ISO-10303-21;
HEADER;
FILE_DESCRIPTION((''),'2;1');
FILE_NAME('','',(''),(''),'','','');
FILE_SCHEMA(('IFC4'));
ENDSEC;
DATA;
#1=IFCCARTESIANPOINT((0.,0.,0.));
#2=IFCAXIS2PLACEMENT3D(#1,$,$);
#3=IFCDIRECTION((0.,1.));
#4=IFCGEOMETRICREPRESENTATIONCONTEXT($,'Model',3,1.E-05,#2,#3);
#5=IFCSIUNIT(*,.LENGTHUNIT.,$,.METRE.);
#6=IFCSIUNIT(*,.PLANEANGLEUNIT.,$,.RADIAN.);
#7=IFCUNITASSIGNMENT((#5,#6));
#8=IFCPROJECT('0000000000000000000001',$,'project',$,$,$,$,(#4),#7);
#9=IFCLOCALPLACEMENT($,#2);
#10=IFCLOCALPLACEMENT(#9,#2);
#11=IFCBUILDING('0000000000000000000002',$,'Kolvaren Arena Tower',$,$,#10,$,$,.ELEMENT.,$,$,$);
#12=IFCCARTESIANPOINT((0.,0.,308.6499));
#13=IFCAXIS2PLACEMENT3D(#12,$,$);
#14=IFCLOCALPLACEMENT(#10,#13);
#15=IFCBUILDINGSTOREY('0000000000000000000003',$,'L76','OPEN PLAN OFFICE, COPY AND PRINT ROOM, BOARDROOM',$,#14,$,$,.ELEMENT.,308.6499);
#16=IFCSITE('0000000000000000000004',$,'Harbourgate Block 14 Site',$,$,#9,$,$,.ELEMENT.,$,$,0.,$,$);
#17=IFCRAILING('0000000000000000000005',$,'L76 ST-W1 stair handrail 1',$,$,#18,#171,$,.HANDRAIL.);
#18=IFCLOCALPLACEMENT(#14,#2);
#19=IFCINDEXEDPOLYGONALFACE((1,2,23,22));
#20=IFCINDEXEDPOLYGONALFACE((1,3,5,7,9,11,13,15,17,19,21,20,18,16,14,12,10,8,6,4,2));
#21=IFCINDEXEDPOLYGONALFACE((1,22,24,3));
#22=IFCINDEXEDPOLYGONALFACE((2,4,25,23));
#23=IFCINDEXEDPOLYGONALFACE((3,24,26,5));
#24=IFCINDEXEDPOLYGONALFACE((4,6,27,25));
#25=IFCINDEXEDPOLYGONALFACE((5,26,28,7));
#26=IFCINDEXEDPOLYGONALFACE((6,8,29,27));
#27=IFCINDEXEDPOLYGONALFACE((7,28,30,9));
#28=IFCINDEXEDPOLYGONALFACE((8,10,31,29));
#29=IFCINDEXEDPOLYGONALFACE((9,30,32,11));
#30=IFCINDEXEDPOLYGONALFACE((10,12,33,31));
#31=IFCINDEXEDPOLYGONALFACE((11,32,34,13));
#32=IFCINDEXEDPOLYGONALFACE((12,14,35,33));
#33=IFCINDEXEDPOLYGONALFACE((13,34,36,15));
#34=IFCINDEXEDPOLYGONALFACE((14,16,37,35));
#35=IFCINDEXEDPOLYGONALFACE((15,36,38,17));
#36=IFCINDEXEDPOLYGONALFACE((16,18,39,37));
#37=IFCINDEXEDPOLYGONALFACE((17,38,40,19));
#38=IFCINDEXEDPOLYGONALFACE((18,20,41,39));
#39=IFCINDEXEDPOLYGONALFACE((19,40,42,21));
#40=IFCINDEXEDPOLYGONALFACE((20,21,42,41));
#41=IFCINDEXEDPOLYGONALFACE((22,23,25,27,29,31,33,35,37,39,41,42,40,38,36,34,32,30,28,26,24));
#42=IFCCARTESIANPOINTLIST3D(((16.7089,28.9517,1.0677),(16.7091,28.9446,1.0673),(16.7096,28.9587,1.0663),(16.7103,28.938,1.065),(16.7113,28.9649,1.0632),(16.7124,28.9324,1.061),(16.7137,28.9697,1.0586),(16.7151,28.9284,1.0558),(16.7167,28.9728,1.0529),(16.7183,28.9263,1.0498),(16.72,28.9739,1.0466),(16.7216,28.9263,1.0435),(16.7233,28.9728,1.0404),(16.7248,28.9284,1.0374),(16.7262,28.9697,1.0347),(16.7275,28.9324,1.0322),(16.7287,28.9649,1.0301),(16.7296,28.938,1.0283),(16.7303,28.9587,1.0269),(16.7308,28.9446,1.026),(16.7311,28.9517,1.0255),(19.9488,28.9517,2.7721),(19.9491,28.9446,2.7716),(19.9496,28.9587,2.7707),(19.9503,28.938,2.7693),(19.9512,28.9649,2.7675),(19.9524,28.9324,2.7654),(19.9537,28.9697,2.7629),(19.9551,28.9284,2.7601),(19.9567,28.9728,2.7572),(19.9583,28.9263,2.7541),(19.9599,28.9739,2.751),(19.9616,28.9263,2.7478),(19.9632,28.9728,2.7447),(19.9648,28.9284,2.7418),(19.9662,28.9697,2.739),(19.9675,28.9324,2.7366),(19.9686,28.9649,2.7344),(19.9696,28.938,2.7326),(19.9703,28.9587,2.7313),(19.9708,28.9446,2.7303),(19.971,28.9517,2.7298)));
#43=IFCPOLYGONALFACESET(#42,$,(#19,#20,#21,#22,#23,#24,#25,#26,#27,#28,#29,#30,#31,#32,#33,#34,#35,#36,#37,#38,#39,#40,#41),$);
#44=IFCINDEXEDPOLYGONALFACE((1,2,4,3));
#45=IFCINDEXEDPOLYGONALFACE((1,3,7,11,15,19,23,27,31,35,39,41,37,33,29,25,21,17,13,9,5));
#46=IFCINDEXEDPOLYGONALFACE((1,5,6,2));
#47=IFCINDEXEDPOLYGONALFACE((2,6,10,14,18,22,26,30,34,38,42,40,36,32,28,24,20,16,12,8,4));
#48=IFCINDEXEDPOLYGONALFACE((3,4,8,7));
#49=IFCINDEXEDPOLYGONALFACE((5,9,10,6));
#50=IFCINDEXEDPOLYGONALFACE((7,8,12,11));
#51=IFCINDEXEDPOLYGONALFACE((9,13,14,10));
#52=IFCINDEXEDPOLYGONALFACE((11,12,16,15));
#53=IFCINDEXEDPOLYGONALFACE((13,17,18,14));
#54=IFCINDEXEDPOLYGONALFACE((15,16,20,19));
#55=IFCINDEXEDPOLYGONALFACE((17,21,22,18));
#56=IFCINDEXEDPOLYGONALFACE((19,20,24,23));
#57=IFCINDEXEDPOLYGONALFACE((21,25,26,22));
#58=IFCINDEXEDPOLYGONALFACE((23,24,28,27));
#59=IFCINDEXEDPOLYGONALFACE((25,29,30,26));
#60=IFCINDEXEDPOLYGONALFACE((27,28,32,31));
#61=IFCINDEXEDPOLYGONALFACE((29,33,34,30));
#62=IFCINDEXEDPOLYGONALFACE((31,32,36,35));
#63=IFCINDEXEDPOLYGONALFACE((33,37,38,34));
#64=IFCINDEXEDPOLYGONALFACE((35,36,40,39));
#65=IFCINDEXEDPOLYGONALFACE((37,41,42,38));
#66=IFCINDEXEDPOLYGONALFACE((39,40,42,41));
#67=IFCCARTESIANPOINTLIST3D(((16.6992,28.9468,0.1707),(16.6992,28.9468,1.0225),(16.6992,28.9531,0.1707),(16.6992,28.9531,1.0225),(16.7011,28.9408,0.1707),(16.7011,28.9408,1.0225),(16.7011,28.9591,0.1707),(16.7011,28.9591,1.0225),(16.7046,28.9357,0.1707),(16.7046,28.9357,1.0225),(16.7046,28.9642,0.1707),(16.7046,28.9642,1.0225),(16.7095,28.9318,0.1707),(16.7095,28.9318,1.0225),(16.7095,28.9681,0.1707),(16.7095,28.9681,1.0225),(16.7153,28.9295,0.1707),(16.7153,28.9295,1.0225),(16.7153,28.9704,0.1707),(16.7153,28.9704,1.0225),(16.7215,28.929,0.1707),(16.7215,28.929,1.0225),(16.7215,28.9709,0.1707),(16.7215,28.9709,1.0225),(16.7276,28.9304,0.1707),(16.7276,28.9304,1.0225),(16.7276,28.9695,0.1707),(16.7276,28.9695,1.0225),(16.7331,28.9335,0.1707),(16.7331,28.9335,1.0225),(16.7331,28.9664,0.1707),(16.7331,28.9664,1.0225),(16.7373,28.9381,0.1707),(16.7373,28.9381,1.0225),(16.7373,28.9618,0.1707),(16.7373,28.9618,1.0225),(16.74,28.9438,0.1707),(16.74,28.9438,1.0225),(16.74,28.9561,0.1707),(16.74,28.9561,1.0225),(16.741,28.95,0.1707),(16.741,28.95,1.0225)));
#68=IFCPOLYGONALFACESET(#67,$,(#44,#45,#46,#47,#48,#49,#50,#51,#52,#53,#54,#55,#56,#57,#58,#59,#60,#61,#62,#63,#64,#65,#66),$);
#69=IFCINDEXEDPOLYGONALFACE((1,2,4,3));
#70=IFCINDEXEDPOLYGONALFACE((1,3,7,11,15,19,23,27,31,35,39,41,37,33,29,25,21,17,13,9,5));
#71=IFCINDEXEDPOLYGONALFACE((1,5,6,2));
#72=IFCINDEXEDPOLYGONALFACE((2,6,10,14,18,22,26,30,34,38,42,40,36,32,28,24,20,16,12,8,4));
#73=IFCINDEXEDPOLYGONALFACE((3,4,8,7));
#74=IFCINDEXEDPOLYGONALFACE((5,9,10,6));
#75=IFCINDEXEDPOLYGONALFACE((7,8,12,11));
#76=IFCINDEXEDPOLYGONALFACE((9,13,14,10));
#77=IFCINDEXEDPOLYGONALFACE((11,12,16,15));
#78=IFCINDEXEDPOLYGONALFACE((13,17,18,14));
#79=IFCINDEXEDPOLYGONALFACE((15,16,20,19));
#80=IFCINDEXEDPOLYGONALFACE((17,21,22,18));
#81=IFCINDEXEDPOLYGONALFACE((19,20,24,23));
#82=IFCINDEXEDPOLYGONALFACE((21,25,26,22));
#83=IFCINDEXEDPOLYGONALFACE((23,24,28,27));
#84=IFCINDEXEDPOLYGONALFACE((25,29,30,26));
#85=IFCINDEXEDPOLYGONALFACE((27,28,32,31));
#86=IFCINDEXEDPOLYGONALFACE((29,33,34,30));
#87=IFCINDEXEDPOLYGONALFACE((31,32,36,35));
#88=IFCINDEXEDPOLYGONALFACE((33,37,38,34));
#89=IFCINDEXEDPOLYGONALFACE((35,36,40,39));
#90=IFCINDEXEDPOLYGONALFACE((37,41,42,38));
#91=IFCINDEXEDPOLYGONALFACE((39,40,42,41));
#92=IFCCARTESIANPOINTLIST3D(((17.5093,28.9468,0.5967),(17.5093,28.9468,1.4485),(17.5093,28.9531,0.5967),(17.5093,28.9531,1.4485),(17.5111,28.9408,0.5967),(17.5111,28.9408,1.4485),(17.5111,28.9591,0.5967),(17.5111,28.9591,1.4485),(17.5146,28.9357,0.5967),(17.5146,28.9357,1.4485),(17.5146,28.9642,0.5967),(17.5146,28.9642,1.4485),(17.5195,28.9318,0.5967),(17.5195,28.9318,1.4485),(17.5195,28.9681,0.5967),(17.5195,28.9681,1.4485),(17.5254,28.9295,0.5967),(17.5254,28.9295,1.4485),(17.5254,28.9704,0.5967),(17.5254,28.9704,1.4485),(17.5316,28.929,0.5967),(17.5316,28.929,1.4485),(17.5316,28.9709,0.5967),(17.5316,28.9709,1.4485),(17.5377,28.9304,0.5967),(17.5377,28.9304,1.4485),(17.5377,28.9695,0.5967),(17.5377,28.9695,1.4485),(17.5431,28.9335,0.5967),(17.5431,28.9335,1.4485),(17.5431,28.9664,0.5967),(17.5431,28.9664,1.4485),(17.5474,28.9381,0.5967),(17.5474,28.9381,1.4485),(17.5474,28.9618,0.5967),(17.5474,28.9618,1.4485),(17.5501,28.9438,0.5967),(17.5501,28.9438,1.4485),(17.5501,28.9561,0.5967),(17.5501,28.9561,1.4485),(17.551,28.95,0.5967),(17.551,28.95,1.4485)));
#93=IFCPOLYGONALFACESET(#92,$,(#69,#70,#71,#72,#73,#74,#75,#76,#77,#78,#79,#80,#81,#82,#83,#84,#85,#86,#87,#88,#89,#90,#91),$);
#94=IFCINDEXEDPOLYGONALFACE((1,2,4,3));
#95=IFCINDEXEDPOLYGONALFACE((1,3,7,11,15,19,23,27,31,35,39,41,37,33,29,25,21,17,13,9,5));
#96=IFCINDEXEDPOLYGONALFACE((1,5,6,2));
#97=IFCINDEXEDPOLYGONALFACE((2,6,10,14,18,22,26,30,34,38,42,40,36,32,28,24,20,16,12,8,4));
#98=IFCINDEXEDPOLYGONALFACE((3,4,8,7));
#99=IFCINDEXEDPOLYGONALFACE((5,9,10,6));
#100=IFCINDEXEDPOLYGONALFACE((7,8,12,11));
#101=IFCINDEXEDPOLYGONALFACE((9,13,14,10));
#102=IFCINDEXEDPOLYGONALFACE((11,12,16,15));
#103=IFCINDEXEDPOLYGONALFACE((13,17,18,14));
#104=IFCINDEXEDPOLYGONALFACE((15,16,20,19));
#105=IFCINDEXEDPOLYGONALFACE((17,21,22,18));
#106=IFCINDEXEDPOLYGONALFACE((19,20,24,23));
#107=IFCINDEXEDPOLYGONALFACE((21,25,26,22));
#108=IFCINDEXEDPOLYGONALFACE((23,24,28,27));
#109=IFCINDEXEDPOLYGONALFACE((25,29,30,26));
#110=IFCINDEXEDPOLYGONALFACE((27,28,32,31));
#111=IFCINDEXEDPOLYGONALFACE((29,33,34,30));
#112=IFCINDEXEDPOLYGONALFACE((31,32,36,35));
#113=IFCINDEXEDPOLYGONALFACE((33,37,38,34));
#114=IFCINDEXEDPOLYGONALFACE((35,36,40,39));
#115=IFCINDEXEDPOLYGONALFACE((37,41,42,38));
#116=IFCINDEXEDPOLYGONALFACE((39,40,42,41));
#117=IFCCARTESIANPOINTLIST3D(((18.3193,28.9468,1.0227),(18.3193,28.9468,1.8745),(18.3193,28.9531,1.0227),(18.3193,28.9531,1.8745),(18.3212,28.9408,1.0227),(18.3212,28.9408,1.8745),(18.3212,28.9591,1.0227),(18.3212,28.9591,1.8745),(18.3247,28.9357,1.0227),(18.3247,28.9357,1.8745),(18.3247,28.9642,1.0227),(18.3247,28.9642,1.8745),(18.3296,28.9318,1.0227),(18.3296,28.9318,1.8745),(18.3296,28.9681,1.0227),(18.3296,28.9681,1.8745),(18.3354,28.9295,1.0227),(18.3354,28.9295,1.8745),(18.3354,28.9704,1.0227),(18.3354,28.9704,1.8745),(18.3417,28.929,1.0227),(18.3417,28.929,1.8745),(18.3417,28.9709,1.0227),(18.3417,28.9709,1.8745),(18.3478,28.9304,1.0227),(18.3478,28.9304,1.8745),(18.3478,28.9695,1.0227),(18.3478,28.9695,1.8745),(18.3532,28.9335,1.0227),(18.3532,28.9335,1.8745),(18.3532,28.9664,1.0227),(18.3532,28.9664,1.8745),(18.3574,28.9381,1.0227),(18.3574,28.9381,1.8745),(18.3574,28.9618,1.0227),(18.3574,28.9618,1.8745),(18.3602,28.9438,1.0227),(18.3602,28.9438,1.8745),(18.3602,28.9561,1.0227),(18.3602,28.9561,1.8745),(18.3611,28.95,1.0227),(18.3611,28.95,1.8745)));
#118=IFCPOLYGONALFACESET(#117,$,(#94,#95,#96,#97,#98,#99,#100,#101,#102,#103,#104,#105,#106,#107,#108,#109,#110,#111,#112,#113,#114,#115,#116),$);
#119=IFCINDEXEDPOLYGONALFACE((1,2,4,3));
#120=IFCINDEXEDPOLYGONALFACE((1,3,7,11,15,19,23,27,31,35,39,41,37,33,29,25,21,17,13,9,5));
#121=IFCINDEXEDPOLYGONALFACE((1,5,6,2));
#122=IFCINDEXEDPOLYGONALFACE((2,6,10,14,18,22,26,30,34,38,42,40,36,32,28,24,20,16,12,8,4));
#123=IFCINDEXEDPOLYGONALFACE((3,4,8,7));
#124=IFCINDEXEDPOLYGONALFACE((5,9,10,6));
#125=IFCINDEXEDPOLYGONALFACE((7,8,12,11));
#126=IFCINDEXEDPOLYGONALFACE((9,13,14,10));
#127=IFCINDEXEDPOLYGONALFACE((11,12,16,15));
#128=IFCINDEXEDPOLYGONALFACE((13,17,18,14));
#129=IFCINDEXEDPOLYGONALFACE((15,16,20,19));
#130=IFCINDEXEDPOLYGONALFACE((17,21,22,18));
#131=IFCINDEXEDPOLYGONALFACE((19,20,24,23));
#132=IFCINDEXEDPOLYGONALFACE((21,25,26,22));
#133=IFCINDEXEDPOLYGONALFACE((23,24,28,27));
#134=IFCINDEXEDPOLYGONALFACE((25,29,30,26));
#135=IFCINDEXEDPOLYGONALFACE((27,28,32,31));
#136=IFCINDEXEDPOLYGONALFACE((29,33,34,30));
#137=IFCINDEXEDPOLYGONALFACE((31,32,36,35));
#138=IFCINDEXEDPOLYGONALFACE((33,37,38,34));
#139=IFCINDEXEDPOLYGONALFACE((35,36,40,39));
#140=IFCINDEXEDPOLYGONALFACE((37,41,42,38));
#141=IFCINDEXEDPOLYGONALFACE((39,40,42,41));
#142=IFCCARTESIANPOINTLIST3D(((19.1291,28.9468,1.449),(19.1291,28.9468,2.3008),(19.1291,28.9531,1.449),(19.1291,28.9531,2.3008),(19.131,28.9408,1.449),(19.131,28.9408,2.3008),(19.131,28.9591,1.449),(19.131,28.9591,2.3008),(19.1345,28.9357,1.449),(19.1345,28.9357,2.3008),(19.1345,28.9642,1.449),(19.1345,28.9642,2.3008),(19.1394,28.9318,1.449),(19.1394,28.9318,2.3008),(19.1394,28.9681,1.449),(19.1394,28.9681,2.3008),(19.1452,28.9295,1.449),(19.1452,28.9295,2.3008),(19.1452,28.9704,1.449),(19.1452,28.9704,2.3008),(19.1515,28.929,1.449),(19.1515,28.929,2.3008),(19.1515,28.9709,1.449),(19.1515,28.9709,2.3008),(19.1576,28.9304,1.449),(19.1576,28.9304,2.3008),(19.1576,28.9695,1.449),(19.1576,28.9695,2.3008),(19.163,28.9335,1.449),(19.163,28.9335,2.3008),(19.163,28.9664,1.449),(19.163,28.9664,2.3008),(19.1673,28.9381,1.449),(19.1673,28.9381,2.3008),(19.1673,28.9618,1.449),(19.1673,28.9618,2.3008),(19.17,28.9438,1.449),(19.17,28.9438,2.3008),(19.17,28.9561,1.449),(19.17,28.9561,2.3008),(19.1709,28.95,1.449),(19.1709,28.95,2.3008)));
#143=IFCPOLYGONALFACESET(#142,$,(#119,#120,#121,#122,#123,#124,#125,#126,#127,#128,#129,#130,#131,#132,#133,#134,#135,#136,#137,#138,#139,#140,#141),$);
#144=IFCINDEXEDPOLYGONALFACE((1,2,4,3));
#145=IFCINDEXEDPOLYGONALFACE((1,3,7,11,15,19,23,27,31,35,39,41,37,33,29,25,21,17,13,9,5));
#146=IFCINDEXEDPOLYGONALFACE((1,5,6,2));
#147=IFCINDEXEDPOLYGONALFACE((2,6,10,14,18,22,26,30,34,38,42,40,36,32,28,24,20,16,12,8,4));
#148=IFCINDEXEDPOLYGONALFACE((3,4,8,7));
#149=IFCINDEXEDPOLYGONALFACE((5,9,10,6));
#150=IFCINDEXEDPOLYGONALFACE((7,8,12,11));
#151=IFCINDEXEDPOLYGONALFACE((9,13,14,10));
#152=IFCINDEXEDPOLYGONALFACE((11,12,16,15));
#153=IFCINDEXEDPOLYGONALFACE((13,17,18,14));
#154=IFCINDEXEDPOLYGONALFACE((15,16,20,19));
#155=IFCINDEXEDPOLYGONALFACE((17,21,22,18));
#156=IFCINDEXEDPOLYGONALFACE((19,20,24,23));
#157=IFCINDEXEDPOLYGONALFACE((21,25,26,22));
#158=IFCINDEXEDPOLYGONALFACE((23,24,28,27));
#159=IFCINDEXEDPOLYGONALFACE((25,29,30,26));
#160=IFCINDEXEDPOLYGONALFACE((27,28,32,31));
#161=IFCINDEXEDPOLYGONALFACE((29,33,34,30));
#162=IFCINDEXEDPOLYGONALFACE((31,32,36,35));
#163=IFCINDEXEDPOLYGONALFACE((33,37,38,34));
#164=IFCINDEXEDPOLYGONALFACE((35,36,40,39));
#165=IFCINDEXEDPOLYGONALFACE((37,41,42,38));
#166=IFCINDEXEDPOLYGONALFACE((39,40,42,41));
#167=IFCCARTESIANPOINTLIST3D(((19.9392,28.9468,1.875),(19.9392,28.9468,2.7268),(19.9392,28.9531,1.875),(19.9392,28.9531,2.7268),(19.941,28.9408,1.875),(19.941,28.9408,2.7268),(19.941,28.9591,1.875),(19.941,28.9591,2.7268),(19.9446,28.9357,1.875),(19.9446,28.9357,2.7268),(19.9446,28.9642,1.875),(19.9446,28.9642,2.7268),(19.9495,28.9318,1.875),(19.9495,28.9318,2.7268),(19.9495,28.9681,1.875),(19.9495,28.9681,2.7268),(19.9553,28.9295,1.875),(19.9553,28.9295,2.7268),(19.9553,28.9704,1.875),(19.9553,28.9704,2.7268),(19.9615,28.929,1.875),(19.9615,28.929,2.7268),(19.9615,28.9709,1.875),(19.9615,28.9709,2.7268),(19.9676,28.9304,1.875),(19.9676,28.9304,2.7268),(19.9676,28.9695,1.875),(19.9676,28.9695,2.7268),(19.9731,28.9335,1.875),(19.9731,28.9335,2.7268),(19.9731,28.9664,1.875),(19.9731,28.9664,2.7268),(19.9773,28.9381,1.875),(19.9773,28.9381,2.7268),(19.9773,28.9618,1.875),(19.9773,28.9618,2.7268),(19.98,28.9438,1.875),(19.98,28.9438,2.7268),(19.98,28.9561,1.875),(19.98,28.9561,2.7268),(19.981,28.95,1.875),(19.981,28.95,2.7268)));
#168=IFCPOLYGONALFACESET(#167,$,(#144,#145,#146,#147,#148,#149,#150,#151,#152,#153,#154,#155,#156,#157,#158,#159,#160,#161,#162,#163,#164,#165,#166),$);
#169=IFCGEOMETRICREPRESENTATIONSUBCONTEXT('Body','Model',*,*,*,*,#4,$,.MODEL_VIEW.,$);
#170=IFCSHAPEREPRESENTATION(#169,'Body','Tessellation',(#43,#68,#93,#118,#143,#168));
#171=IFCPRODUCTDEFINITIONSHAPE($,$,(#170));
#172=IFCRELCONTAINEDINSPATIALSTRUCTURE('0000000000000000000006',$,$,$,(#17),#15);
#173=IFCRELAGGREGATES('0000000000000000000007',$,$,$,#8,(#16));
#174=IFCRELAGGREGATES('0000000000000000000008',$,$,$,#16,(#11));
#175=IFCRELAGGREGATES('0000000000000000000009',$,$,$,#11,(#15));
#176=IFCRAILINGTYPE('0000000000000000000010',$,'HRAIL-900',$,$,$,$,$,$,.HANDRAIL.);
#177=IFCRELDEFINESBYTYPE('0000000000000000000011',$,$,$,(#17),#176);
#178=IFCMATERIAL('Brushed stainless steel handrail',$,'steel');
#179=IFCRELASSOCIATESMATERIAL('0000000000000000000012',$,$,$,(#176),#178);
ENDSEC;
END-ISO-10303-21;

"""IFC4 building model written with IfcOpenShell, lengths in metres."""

from ifc_helpers import new_model, si_unit, direction, frame, origin, origin_2d, place, context, subcontext, project, spatial, circle, extrude, material, type_object, element, save


model = new_model("IFC4")

# Units and contexts
model_context = context("Model", 3, precision=1e-05, world=origin(), true_north=direction((0.0, 1.0)))
body_context = subcontext(model_context, "Body", "Model", "MODEL_VIEW")
ifc_project = project(units=[si_unit("LENGTHUNIT", "METRE"), si_unit("PLANEANGLEUNIT", "RADIAN")], contexts=[model_context])

# Site, building, storey
site_placement = place(None, origin())
site = spatial("IfcSite", under=ifc_project, at=site_placement, Name="Harbourgate Block 14 Site", CompositionType="ELEMENT", RefElevation=0.0)
building_placement = place(site_placement, origin())
building = spatial("IfcBuilding", under=site, at=building_placement, Name="Kolvaren Arena Tower", CompositionType="ELEMENT")
storey_placement = place(building_placement, frame((0.0, 0.0, 308.6499)))
storey = spatial("IfcBuildingStorey", under=building, at=storey_placement, Name="L76", Description="OPEN PLAN OFFICE, COPY AND PRINT ROOM, BOARDROOM", CompositionType="ELEMENT", Elevation=308.6499)

# Railing
ifc_material_1 = material(Name="Brushed stainless steel handrail", Category="steel")
railing_type_1 = type_object("IfcRailingType", Name="HRAIL-900", PredefinedType="HANDRAIL", material=ifc_material_1)
railing_1_placement = place(storey_placement, frame((16.72, 28.95, 0.1707)))
element("IfcRailing", 1, at=railing_1_placement, inside=storey, type_object=railing_type_1, Name="L76 ST-W1 stair handrail 1", PredefinedType="HANDRAIL", context=body_context, shape_type="SweptSolid", body=[
    extrude(circle(Radius=0.0239, at=origin_2d()), frame((0.0, 0.0, 0.876), z_axis=(0.885021, 0.0, 0.465551), x_axis=(0.0, 1.0, 0.0)), (0.0, 0.0, 1.0), 3.6609),
    extrude(circle(Radius=0.021, at=origin_2d()), origin(), (0.0, 0.0, 1.0), 0.8518),
    extrude(circle(Radius=0.021, at=origin_2d()), frame((0.8101, 0.0, 0.426)), (0.0, 0.0, 1.0), 0.8518),
    extrude(circle(Radius=0.021, at=origin_2d()), frame((1.6201, 0.0, 0.8521)), (0.0, 0.0, 1.0), 0.8518),
    extrude(circle(Radius=0.021, at=origin_2d()), frame((2.4299, 0.0, 1.2783)), (0.0, 0.0, 1.0), 0.8518),
    extrude(circle(Radius=0.021, at=origin_2d()), frame((3.24, 0.0, 1.7043)), (0.0, 0.0, 1.0), 0.8518),
])

save(model, "model.ifc")
